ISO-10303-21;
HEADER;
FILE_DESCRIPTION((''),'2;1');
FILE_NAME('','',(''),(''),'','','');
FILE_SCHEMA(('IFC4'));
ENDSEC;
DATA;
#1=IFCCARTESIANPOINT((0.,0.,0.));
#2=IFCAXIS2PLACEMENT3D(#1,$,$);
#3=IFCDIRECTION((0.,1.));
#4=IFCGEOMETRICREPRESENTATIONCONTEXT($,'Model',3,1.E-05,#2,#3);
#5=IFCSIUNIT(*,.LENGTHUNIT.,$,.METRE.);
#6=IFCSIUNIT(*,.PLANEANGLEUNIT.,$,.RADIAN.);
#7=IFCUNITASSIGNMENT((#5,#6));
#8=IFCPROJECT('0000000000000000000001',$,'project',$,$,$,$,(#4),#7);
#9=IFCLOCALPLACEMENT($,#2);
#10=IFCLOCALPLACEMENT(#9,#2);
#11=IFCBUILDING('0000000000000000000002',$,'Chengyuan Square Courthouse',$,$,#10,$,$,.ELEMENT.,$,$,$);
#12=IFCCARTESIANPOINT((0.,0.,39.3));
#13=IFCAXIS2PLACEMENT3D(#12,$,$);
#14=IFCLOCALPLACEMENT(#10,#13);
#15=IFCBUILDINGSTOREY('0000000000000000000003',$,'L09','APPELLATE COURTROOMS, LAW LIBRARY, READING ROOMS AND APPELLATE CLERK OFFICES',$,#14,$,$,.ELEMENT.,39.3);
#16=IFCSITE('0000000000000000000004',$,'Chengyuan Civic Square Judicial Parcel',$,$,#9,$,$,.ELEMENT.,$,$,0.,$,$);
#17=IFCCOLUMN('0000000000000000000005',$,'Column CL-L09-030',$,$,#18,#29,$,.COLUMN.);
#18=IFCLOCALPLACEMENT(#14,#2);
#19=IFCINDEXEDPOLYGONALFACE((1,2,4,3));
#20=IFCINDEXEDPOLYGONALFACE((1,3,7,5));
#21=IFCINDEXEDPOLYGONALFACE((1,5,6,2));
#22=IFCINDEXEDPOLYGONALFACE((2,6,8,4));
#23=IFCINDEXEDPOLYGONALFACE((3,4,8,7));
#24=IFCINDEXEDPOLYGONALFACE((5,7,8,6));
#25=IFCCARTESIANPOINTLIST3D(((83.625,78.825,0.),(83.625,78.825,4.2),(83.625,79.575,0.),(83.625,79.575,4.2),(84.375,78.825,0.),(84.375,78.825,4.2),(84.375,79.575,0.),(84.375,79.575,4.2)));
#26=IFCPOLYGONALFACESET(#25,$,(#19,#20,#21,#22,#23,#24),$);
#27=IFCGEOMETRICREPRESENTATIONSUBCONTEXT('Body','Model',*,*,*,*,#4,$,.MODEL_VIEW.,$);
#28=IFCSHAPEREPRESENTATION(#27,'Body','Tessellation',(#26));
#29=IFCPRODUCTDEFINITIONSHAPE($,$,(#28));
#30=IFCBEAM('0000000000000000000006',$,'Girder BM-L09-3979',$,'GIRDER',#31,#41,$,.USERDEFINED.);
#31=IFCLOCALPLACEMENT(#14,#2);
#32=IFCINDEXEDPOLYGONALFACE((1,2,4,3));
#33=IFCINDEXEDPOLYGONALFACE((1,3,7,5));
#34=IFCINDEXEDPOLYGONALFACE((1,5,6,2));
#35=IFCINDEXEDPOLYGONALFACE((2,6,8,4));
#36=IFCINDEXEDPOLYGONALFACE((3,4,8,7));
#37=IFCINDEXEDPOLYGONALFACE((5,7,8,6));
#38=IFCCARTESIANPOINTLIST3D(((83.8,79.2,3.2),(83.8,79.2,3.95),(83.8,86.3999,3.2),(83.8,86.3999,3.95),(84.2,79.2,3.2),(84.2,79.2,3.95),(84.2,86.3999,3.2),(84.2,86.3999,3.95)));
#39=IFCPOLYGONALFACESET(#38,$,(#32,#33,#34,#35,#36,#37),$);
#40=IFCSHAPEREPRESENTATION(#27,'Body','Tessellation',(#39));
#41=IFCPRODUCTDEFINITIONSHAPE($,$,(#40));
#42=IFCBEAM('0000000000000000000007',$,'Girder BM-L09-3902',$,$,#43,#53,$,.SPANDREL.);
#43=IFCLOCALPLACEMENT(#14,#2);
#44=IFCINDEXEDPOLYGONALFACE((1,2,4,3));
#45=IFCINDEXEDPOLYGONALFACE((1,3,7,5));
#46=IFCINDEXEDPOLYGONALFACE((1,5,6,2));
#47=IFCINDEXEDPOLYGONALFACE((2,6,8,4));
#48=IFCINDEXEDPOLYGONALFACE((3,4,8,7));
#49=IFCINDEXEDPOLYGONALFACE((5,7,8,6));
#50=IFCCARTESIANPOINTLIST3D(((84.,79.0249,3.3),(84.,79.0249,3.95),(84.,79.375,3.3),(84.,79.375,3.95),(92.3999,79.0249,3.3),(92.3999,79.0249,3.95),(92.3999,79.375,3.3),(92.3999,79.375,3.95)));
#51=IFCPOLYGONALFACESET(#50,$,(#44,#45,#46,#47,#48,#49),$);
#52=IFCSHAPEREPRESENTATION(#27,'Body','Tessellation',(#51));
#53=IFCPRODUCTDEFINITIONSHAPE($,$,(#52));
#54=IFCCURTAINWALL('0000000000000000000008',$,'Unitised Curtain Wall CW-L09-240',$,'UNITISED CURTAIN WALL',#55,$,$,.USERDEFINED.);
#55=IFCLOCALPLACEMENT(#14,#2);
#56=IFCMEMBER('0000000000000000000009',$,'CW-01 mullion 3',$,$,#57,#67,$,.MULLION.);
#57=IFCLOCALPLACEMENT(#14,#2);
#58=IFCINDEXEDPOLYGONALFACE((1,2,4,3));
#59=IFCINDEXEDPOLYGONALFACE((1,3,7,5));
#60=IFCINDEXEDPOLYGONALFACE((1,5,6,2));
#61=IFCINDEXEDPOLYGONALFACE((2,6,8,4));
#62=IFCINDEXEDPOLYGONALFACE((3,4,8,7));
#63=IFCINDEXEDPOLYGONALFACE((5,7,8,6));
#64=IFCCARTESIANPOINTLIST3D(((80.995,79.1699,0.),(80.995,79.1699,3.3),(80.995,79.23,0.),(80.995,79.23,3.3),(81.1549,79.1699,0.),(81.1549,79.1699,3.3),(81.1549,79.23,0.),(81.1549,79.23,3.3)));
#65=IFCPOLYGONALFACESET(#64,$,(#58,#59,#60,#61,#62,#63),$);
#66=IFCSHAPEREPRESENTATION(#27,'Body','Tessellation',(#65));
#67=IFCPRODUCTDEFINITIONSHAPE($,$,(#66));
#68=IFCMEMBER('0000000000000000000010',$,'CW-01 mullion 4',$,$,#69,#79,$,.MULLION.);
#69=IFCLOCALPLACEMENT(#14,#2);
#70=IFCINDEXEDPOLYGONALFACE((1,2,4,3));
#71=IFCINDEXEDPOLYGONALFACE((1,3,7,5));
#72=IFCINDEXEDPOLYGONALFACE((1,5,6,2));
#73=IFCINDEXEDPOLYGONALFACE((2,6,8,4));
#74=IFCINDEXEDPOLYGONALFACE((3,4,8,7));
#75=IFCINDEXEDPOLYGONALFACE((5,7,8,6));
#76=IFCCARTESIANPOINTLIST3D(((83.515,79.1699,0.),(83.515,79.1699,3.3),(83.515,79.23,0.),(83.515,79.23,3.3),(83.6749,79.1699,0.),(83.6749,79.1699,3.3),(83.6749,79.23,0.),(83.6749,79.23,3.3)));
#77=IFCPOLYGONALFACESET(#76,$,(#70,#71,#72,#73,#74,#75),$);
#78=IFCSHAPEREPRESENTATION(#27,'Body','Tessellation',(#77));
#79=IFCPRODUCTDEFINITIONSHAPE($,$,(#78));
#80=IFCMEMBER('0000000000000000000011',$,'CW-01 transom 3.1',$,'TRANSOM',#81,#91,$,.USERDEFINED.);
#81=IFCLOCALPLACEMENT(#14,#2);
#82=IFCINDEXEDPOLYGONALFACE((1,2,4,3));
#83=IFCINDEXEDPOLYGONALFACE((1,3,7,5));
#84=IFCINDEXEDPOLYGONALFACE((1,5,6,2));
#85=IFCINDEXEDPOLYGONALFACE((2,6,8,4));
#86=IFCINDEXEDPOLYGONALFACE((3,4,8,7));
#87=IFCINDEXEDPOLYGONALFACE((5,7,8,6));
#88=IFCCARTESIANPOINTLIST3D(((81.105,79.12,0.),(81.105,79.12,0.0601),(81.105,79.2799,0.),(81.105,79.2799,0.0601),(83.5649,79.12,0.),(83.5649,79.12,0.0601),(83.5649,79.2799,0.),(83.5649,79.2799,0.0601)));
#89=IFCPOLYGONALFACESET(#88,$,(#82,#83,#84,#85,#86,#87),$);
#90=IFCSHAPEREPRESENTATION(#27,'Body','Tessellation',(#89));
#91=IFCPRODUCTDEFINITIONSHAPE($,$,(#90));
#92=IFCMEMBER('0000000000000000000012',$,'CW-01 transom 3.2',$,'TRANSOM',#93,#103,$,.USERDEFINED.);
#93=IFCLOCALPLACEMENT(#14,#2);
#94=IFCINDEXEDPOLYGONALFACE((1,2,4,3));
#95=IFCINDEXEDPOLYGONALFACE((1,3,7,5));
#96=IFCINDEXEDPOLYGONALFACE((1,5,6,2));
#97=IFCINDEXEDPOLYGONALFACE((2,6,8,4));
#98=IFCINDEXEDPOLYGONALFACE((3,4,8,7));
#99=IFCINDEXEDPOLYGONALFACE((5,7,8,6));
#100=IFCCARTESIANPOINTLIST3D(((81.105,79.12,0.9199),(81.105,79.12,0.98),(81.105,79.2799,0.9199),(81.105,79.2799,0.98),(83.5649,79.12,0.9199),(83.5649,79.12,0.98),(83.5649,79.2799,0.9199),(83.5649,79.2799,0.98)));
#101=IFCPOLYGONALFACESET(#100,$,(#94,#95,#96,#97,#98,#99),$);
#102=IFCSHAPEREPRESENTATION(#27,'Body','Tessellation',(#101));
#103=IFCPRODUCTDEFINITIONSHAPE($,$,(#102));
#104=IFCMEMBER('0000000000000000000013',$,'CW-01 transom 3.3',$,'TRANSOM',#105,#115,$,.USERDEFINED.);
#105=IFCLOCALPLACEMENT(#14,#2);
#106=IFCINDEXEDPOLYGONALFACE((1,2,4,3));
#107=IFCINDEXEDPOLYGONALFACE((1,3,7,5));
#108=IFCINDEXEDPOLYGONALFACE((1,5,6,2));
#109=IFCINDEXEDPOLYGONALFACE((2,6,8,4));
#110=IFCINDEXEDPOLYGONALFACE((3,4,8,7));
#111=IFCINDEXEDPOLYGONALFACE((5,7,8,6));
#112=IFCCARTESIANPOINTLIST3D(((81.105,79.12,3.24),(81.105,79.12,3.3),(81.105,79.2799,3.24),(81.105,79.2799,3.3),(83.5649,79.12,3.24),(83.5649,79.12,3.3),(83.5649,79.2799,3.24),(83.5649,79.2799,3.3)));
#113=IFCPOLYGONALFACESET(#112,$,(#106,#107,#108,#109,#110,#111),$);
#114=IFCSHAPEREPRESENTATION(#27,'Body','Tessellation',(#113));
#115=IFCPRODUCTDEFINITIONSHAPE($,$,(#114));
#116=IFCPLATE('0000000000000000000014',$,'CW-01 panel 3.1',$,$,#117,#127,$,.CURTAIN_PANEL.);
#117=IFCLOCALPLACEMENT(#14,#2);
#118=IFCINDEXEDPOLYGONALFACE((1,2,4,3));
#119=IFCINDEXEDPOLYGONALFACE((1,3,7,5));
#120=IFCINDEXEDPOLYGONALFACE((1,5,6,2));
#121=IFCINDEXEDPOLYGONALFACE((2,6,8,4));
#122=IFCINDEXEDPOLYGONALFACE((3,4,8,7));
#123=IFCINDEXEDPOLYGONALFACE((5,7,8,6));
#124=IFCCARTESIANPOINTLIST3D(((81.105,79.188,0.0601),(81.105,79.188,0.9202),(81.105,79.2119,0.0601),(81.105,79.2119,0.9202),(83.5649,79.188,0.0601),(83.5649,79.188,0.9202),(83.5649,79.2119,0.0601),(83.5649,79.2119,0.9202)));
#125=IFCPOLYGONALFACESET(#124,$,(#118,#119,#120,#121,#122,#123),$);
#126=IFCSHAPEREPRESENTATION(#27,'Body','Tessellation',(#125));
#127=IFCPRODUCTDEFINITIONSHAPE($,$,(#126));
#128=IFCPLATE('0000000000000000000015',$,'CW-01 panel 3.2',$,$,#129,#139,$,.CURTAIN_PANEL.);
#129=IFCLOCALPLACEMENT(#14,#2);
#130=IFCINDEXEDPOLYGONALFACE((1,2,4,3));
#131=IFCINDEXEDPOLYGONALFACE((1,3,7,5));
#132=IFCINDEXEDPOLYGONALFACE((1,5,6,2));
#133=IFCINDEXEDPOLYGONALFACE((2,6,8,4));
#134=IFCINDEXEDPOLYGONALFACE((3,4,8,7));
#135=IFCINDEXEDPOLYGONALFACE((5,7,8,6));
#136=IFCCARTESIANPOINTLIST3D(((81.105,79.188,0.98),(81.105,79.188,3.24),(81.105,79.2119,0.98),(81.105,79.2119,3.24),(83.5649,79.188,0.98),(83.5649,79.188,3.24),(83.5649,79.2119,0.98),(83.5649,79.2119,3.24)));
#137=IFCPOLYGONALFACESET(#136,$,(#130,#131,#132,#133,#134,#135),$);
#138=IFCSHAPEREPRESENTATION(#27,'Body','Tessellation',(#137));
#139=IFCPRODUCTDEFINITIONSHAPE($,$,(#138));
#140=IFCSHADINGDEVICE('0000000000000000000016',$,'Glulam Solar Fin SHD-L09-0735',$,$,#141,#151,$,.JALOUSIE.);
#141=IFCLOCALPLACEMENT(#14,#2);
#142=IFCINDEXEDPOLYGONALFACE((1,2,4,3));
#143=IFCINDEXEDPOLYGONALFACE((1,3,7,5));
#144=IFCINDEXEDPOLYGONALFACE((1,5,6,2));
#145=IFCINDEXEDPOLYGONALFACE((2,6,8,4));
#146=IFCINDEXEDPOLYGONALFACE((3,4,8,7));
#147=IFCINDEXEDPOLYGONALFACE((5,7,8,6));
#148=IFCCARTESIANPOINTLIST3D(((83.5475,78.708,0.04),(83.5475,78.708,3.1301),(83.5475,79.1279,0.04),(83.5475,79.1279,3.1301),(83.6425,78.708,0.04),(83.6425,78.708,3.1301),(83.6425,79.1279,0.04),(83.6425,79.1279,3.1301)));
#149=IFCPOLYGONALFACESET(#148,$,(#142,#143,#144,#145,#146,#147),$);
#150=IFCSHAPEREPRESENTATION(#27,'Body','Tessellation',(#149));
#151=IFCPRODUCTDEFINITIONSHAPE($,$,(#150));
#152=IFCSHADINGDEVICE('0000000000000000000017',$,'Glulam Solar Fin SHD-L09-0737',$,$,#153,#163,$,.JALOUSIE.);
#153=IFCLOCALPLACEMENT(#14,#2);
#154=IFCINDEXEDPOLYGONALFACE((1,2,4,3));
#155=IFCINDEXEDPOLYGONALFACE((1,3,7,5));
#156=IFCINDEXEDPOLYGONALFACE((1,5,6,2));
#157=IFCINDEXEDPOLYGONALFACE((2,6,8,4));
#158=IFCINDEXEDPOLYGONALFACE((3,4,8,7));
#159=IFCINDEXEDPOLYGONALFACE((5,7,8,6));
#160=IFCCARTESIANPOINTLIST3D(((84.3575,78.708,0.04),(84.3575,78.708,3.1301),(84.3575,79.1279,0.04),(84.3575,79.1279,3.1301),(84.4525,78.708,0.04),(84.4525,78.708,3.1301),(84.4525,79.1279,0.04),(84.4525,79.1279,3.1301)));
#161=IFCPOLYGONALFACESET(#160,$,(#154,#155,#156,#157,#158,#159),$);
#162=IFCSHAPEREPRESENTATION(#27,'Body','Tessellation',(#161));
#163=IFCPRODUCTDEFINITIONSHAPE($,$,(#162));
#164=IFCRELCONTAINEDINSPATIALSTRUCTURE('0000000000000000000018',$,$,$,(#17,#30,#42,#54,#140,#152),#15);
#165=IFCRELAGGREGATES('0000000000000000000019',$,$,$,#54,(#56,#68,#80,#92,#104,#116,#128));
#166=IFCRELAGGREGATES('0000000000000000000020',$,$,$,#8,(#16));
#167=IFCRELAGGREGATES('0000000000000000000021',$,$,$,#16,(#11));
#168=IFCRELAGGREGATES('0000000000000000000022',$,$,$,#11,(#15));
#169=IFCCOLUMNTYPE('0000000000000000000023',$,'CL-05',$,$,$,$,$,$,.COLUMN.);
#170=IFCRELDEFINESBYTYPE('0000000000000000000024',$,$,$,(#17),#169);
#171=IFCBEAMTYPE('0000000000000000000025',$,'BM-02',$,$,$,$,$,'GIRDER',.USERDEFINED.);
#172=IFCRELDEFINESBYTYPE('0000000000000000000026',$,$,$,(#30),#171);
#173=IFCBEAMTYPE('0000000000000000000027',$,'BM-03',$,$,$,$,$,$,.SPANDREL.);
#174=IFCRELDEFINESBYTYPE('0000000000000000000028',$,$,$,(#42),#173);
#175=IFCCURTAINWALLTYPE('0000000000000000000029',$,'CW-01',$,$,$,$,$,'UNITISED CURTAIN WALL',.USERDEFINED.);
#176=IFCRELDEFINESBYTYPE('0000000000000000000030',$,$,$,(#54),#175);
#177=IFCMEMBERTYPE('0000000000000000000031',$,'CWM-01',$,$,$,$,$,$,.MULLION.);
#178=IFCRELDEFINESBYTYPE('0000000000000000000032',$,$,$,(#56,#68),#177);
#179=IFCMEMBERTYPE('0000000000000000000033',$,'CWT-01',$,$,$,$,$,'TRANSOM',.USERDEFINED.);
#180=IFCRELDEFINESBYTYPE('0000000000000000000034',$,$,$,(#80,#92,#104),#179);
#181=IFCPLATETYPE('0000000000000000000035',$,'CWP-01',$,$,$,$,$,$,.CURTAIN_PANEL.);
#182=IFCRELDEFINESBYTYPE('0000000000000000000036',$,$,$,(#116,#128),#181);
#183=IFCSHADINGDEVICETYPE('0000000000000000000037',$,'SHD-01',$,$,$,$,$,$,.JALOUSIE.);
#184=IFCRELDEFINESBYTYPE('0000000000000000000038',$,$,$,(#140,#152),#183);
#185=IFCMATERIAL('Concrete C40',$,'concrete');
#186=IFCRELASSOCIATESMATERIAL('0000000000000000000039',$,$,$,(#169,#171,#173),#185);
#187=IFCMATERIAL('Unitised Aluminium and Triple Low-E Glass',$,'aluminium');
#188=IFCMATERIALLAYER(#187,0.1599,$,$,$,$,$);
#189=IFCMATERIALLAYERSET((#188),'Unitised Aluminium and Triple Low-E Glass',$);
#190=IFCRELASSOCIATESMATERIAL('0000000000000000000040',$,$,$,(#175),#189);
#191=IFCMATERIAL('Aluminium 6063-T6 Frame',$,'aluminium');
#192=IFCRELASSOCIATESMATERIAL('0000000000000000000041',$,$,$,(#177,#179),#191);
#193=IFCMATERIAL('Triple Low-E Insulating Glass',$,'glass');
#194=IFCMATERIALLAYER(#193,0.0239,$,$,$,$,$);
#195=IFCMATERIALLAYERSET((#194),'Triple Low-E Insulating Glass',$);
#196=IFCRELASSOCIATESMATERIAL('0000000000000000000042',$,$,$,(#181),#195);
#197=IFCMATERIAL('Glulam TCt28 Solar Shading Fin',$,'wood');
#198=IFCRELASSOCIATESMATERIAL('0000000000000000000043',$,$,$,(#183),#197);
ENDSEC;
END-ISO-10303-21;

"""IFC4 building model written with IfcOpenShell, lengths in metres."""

from ifc_helpers import new_model, si_unit, direction, frame, origin, origin_2d, place, context, subcontext, project, spatial, rectangle, extrude, material, layer, layer_set, material_profile, profile_set, type_object, element, aggregate, save


model = new_model("IFC4")

# Units and contexts
model_context = context("Model", 3, precision=1e-05, world=origin(), true_north=direction((0.0, 1.0)))
body_context = subcontext(model_context, "Body", "Model", "MODEL_VIEW")
ifc_project = project(units=[si_unit("LENGTHUNIT", "METRE"), si_unit("PLANEANGLEUNIT", "RADIAN")], contexts=[model_context])

# Site, building, storey
site_placement = place(None, origin())
site = spatial("IfcSite", under=ifc_project, at=site_placement, Name="Chengyuan Civic Square Judicial Parcel", CompositionType="ELEMENT", RefElevation=0.0)
building_placement = place(site_placement, origin())
building = spatial("IfcBuilding", under=site, at=building_placement, Name="Chengyuan Square Courthouse", CompositionType="ELEMENT")
storey_placement = place(building_placement, frame((0.0, 0.0, 39.3)))
storey = spatial("IfcBuildingStorey", under=building, at=storey_placement, Name="L09", Description="APPELLATE COURTROOMS, LAW LIBRARY, READING ROOMS AND APPELLATE CLERK OFFICES", CompositionType="ELEMENT", Elevation=39.3)

# Column
ifc_material_1 = material(Name="Concrete C40", Category="concrete")
ifc_material_profile_1 = material_profile(ifc_material_1, rectangle(XDim=0.75, YDim=0.75, at=origin_2d()), Name="RC-COL-750x750")
ifc_profile_set_1 = profile_set([ifc_material_profile_1], Name="Concrete C40")
column_type = type_object("IfcColumnType", Name="CL-05", PredefinedType="COLUMN", material=ifc_profile_set_1)
column_placement = place(storey_placement, frame((84.0, 79.2, 0.0), z_axis=(0.0, 0.0, 1.0), x_axis=(1.0, 0.0, 0.0)))
element("IfcColumn", 1, at=column_placement, inside=storey, type_object=column_type, Name="Column CL-L09-030", PredefinedType="COLUMN", context=body_context, shape_type="SweptSolid", body=[
    extrude(rectangle(XDim=0.75, YDim=0.75, at=origin_2d()), origin(), (0.0, 0.0, 1.0), 4.2),
])

# Beams
ifc_material_profile_2 = material_profile(ifc_material_1, rectangle(XDim=0.3999, YDim=0.75, at=origin_2d()), Name="RC-BM-400x750")
ifc_profile_set_2 = profile_set([ifc_material_profile_2], Name="Concrete C40")
beam_type_1 = type_object("IfcBeamType", Name="BM-02", ElementType="GIRDER", PredefinedType="USERDEFINED", material=ifc_profile_set_2)
beam_1_placement = place(storey_placement, frame((84.0, 79.2, 3.575), z_axis=(0.0, 1.0, 0.0), x_axis=(-1.0, 0.0, 0.0)))
element("IfcBeam", 2, at=beam_1_placement, inside=storey, type_object=beam_type_1, Name="Girder BM-L09-3979", ObjectType="GIRDER", PredefinedType="USERDEFINED", context=body_context, shape_type="SweptSolid", body=[
    extrude(rectangle(XDim=0.3999, YDim=0.75, at=origin_2d()), origin(), (0.0, 0.0, 1.0), 7.2),
])
ifc_material_profile_3 = material_profile(ifc_material_1, rectangle(XDim=0.3501, YDim=0.6499, at=origin_2d()), Name="RC-BM-350x650")
ifc_profile_set_3 = profile_set([ifc_material_profile_3], Name="Concrete C40")
beam_type_2 = type_object("IfcBeamType", Name="BM-03", PredefinedType="SPANDREL", material=ifc_profile_set_3)
beam_2_placement = place(storey_placement, frame((84.0, 79.2, 3.625), z_axis=(1.0, 0.0, 0.0), x_axis=(0.0, 1.0, 0.0)))
element("IfcBeam", 3, at=beam_2_placement, inside=storey, type_object=beam_type_2, Name="Girder BM-L09-3902", PredefinedType="SPANDREL", context=body_context, shape_type="SweptSolid", body=[
    extrude(rectangle(XDim=0.3501, YDim=0.6499, at=origin_2d()), origin(), (0.0, 0.0, 1.0), 8.3999),
])

# Curtain wall, members, plates
ifc_material_2 = material(Name="Unitised Aluminium and Triple Low-E Glass", Category="aluminium")
ifc_layer_1 = layer(ifc_material_2, 0.1599)
ifc_layer_set_1 = layer_set([ifc_layer_1], Name="Unitised Aluminium and Triple Low-E Glass")
curtain_wall_type = type_object("IfcCurtainWallType", Name="CW-01", ElementType="UNITISED CURTAIN WALL", PredefinedType="USERDEFINED", material=ifc_layer_set_1)
curtain_wall_placement = place(storey_placement, origin())
curtain_wall = element("IfcCurtainWall", 4, at=curtain_wall_placement, inside=storey, type_object=curtain_wall_type, Name="Unitised Curtain Wall CW-L09-240", ObjectType="UNITISED CURTAIN WALL", PredefinedType="USERDEFINED")
ifc_material_3 = material(Name="Aluminium 6063-T6 Frame", Category="aluminium")
ifc_material_profile_4 = material_profile(ifc_material_3, rectangle(XDim=0.0601, YDim=0.1599, at=origin_2d()), Name="CW-MUL-60x160")
ifc_profile_set_4 = profile_set([ifc_material_profile_4], Name="Aluminium 6063-T6 Frame")
member_type_1 = type_object("IfcMemberType", Name="CWM-01", PredefinedType="MULLION", material=ifc_profile_set_4)
member_1_placement = place(storey_placement, frame((81.075, 79.2, 0.0), z_axis=(0.0, 0.0, 1.0), x_axis=(0.0, 1.0, 0.0)))
member_1 = element("IfcMember", 5, at=member_1_placement, type_object=member_type_1, Name="CW-01 mullion 3", PredefinedType="MULLION", context=body_context, shape_type="SweptSolid", body=[
    extrude(rectangle(XDim=0.0601, YDim=0.1599, at=origin_2d()), origin(), (0.0, 0.0, 1.0), 3.3),
])
member_2_placement = place(storey_placement, frame((83.595, 79.2, 0.0), z_axis=(0.0, 0.0, 1.0), x_axis=(0.0, 1.0, 0.0)))
member_2 = element("IfcMember", 6, at=member_2_placement, type_object=member_type_1, Name="CW-01 mullion 4", PredefinedType="MULLION", context=body_context, shape_type="SweptSolid", body=[
    extrude(rectangle(XDim=0.0601, YDim=0.1599, at=origin_2d()), origin(), (0.0, 0.0, 1.0), 3.3),
])
ifc_material_profile_5 = material_profile(ifc_material_3, rectangle(XDim=0.1599, YDim=0.0601, at=origin_2d()), Name="CW-TRN-60x120")
ifc_profile_set_5 = profile_set([ifc_material_profile_5], Name="Aluminium 6063-T6 Frame")
member_type_2 = type_object("IfcMemberType", Name="CWT-01", ElementType="TRANSOM", PredefinedType="USERDEFINED", material=ifc_profile_set_5)
member_3_placement = place(storey_placement, frame((81.105, 79.2, 0.03), z_axis=(1.0, 0.0, 0.0), x_axis=(0.0, 1.0, 0.0)))
member_3 = element("IfcMember", 7, at=member_3_placement, type_object=member_type_2, Name="CW-01 transom 3.1", ObjectType="TRANSOM", PredefinedType="USERDEFINED", context=body_context, shape_type="SweptSolid", body=[
    extrude(rectangle(XDim=0.1599, YDim=0.0601, at=origin_2d()), origin(), (0.0, 0.0, 1.0), 2.46),
])
member_4_placement = place(storey_placement, frame((81.105, 79.2, 0.95), z_axis=(1.0, 0.0, 0.0), x_axis=(0.0, 1.0, 0.0)))
member_4 = element("IfcMember", 8, at=member_4_placement, type_object=member_type_2, Name="CW-01 transom 3.2", ObjectType="TRANSOM", PredefinedType="USERDEFINED", context=body_context, shape_type="SweptSolid", body=[
    extrude(rectangle(XDim=0.1599, YDim=0.0601, at=origin_2d()), origin(), (0.0, 0.0, 1.0), 2.46),
])
member_5_placement = place(storey_placement, frame((81.105, 79.2, 3.27), z_axis=(1.0, 0.0, 0.0), x_axis=(0.0, 1.0, 0.0)))
member_5 = element("IfcMember", 9, at=member_5_placement, type_object=member_type_2, Name="CW-01 transom 3.3", ObjectType="TRANSOM", PredefinedType="USERDEFINED", context=body_context, shape_type="SweptSolid", body=[
    extrude(rectangle(XDim=0.1599, YDim=0.0601, at=origin_2d()), origin(), (0.0, 0.0, 1.0), 2.46),
])
ifc_material_4 = material(Name="Triple Low-E Insulating Glass", Category="glass")
ifc_layer_2 = layer(ifc_material_4, 0.0239)
ifc_layer_set_2 = layer_set([ifc_layer_2], Name="Triple Low-E Insulating Glass")
plate_type = type_object("IfcPlateType", Name="CWP-01", PredefinedType="CURTAIN_PANEL", material=ifc_layer_set_2)
plate_1_placement = place(storey_placement, frame((82.335, 79.2, 0.0601), z_axis=(0.0, 0.0, 1.0), x_axis=(1.0, 0.0, 0.0)))
plate_1 = element("IfcPlate", 10, at=plate_1_placement, type_object=plate_type, Name="CW-01 panel 3.1", PredefinedType="CURTAIN_PANEL", context=body_context, shape_type="SweptSolid", body=[
    extrude(rectangle(XDim=2.46, YDim=0.0239, at=origin_2d()), origin(), (0.0, 0.0, 1.0), 0.8601),
])
plate_2_placement = place(storey_placement, frame((82.335, 79.2, 0.98), z_axis=(0.0, 0.0, 1.0), x_axis=(1.0, 0.0, 0.0)))
plate_2 = element("IfcPlate", 11, at=plate_2_placement, type_object=plate_type, Name="CW-01 panel 3.2", PredefinedType="CURTAIN_PANEL", context=body_context, shape_type="SweptSolid", body=[
    extrude(rectangle(XDim=2.46, YDim=0.0239, at=origin_2d()), origin(), (0.0, 0.0, 1.0), 2.26),
])
aggregate(curtain_wall, [member_1, member_2, member_3, member_4, member_5, plate_1, plate_2])

# Shading devices
ifc_material_5 = material(Name="Glulam TCt28 Solar Shading Fin", Category="wood")
shading_device_type = type_object("IfcShadingDeviceType", Name="SHD-01", PredefinedType="JALOUSIE", material=ifc_material_5)
for number, where, z_axis, x_axis, name in (
    (12, (83.595, 78.918, 0.04), (0.0, 0.0, 1.0), (0.0, 1.0, 0.0), "Glulam Solar Fin SHD-L09-0735"),
    (13, (84.405, 78.918, 0.04), (0.0, 0.0, 1.0), (0.0, 1.0, 0.0), "Glulam Solar Fin SHD-L09-0737"),
):
    element("IfcShadingDevice", number, at=place(storey_placement, frame(where, z_axis=z_axis, x_axis=x_axis)), inside=storey, type_object=shading_device_type, Name=name, PredefinedType="JALOUSIE", context=body_context, shape_type="SweptSolid", body=[
        extrude(rectangle(XDim=0.4199, YDim=0.095, at=origin_2d()), origin(), (0.0, 0.0, 1.0), 3.0901),
    ])

save(model, "model.ifc")
